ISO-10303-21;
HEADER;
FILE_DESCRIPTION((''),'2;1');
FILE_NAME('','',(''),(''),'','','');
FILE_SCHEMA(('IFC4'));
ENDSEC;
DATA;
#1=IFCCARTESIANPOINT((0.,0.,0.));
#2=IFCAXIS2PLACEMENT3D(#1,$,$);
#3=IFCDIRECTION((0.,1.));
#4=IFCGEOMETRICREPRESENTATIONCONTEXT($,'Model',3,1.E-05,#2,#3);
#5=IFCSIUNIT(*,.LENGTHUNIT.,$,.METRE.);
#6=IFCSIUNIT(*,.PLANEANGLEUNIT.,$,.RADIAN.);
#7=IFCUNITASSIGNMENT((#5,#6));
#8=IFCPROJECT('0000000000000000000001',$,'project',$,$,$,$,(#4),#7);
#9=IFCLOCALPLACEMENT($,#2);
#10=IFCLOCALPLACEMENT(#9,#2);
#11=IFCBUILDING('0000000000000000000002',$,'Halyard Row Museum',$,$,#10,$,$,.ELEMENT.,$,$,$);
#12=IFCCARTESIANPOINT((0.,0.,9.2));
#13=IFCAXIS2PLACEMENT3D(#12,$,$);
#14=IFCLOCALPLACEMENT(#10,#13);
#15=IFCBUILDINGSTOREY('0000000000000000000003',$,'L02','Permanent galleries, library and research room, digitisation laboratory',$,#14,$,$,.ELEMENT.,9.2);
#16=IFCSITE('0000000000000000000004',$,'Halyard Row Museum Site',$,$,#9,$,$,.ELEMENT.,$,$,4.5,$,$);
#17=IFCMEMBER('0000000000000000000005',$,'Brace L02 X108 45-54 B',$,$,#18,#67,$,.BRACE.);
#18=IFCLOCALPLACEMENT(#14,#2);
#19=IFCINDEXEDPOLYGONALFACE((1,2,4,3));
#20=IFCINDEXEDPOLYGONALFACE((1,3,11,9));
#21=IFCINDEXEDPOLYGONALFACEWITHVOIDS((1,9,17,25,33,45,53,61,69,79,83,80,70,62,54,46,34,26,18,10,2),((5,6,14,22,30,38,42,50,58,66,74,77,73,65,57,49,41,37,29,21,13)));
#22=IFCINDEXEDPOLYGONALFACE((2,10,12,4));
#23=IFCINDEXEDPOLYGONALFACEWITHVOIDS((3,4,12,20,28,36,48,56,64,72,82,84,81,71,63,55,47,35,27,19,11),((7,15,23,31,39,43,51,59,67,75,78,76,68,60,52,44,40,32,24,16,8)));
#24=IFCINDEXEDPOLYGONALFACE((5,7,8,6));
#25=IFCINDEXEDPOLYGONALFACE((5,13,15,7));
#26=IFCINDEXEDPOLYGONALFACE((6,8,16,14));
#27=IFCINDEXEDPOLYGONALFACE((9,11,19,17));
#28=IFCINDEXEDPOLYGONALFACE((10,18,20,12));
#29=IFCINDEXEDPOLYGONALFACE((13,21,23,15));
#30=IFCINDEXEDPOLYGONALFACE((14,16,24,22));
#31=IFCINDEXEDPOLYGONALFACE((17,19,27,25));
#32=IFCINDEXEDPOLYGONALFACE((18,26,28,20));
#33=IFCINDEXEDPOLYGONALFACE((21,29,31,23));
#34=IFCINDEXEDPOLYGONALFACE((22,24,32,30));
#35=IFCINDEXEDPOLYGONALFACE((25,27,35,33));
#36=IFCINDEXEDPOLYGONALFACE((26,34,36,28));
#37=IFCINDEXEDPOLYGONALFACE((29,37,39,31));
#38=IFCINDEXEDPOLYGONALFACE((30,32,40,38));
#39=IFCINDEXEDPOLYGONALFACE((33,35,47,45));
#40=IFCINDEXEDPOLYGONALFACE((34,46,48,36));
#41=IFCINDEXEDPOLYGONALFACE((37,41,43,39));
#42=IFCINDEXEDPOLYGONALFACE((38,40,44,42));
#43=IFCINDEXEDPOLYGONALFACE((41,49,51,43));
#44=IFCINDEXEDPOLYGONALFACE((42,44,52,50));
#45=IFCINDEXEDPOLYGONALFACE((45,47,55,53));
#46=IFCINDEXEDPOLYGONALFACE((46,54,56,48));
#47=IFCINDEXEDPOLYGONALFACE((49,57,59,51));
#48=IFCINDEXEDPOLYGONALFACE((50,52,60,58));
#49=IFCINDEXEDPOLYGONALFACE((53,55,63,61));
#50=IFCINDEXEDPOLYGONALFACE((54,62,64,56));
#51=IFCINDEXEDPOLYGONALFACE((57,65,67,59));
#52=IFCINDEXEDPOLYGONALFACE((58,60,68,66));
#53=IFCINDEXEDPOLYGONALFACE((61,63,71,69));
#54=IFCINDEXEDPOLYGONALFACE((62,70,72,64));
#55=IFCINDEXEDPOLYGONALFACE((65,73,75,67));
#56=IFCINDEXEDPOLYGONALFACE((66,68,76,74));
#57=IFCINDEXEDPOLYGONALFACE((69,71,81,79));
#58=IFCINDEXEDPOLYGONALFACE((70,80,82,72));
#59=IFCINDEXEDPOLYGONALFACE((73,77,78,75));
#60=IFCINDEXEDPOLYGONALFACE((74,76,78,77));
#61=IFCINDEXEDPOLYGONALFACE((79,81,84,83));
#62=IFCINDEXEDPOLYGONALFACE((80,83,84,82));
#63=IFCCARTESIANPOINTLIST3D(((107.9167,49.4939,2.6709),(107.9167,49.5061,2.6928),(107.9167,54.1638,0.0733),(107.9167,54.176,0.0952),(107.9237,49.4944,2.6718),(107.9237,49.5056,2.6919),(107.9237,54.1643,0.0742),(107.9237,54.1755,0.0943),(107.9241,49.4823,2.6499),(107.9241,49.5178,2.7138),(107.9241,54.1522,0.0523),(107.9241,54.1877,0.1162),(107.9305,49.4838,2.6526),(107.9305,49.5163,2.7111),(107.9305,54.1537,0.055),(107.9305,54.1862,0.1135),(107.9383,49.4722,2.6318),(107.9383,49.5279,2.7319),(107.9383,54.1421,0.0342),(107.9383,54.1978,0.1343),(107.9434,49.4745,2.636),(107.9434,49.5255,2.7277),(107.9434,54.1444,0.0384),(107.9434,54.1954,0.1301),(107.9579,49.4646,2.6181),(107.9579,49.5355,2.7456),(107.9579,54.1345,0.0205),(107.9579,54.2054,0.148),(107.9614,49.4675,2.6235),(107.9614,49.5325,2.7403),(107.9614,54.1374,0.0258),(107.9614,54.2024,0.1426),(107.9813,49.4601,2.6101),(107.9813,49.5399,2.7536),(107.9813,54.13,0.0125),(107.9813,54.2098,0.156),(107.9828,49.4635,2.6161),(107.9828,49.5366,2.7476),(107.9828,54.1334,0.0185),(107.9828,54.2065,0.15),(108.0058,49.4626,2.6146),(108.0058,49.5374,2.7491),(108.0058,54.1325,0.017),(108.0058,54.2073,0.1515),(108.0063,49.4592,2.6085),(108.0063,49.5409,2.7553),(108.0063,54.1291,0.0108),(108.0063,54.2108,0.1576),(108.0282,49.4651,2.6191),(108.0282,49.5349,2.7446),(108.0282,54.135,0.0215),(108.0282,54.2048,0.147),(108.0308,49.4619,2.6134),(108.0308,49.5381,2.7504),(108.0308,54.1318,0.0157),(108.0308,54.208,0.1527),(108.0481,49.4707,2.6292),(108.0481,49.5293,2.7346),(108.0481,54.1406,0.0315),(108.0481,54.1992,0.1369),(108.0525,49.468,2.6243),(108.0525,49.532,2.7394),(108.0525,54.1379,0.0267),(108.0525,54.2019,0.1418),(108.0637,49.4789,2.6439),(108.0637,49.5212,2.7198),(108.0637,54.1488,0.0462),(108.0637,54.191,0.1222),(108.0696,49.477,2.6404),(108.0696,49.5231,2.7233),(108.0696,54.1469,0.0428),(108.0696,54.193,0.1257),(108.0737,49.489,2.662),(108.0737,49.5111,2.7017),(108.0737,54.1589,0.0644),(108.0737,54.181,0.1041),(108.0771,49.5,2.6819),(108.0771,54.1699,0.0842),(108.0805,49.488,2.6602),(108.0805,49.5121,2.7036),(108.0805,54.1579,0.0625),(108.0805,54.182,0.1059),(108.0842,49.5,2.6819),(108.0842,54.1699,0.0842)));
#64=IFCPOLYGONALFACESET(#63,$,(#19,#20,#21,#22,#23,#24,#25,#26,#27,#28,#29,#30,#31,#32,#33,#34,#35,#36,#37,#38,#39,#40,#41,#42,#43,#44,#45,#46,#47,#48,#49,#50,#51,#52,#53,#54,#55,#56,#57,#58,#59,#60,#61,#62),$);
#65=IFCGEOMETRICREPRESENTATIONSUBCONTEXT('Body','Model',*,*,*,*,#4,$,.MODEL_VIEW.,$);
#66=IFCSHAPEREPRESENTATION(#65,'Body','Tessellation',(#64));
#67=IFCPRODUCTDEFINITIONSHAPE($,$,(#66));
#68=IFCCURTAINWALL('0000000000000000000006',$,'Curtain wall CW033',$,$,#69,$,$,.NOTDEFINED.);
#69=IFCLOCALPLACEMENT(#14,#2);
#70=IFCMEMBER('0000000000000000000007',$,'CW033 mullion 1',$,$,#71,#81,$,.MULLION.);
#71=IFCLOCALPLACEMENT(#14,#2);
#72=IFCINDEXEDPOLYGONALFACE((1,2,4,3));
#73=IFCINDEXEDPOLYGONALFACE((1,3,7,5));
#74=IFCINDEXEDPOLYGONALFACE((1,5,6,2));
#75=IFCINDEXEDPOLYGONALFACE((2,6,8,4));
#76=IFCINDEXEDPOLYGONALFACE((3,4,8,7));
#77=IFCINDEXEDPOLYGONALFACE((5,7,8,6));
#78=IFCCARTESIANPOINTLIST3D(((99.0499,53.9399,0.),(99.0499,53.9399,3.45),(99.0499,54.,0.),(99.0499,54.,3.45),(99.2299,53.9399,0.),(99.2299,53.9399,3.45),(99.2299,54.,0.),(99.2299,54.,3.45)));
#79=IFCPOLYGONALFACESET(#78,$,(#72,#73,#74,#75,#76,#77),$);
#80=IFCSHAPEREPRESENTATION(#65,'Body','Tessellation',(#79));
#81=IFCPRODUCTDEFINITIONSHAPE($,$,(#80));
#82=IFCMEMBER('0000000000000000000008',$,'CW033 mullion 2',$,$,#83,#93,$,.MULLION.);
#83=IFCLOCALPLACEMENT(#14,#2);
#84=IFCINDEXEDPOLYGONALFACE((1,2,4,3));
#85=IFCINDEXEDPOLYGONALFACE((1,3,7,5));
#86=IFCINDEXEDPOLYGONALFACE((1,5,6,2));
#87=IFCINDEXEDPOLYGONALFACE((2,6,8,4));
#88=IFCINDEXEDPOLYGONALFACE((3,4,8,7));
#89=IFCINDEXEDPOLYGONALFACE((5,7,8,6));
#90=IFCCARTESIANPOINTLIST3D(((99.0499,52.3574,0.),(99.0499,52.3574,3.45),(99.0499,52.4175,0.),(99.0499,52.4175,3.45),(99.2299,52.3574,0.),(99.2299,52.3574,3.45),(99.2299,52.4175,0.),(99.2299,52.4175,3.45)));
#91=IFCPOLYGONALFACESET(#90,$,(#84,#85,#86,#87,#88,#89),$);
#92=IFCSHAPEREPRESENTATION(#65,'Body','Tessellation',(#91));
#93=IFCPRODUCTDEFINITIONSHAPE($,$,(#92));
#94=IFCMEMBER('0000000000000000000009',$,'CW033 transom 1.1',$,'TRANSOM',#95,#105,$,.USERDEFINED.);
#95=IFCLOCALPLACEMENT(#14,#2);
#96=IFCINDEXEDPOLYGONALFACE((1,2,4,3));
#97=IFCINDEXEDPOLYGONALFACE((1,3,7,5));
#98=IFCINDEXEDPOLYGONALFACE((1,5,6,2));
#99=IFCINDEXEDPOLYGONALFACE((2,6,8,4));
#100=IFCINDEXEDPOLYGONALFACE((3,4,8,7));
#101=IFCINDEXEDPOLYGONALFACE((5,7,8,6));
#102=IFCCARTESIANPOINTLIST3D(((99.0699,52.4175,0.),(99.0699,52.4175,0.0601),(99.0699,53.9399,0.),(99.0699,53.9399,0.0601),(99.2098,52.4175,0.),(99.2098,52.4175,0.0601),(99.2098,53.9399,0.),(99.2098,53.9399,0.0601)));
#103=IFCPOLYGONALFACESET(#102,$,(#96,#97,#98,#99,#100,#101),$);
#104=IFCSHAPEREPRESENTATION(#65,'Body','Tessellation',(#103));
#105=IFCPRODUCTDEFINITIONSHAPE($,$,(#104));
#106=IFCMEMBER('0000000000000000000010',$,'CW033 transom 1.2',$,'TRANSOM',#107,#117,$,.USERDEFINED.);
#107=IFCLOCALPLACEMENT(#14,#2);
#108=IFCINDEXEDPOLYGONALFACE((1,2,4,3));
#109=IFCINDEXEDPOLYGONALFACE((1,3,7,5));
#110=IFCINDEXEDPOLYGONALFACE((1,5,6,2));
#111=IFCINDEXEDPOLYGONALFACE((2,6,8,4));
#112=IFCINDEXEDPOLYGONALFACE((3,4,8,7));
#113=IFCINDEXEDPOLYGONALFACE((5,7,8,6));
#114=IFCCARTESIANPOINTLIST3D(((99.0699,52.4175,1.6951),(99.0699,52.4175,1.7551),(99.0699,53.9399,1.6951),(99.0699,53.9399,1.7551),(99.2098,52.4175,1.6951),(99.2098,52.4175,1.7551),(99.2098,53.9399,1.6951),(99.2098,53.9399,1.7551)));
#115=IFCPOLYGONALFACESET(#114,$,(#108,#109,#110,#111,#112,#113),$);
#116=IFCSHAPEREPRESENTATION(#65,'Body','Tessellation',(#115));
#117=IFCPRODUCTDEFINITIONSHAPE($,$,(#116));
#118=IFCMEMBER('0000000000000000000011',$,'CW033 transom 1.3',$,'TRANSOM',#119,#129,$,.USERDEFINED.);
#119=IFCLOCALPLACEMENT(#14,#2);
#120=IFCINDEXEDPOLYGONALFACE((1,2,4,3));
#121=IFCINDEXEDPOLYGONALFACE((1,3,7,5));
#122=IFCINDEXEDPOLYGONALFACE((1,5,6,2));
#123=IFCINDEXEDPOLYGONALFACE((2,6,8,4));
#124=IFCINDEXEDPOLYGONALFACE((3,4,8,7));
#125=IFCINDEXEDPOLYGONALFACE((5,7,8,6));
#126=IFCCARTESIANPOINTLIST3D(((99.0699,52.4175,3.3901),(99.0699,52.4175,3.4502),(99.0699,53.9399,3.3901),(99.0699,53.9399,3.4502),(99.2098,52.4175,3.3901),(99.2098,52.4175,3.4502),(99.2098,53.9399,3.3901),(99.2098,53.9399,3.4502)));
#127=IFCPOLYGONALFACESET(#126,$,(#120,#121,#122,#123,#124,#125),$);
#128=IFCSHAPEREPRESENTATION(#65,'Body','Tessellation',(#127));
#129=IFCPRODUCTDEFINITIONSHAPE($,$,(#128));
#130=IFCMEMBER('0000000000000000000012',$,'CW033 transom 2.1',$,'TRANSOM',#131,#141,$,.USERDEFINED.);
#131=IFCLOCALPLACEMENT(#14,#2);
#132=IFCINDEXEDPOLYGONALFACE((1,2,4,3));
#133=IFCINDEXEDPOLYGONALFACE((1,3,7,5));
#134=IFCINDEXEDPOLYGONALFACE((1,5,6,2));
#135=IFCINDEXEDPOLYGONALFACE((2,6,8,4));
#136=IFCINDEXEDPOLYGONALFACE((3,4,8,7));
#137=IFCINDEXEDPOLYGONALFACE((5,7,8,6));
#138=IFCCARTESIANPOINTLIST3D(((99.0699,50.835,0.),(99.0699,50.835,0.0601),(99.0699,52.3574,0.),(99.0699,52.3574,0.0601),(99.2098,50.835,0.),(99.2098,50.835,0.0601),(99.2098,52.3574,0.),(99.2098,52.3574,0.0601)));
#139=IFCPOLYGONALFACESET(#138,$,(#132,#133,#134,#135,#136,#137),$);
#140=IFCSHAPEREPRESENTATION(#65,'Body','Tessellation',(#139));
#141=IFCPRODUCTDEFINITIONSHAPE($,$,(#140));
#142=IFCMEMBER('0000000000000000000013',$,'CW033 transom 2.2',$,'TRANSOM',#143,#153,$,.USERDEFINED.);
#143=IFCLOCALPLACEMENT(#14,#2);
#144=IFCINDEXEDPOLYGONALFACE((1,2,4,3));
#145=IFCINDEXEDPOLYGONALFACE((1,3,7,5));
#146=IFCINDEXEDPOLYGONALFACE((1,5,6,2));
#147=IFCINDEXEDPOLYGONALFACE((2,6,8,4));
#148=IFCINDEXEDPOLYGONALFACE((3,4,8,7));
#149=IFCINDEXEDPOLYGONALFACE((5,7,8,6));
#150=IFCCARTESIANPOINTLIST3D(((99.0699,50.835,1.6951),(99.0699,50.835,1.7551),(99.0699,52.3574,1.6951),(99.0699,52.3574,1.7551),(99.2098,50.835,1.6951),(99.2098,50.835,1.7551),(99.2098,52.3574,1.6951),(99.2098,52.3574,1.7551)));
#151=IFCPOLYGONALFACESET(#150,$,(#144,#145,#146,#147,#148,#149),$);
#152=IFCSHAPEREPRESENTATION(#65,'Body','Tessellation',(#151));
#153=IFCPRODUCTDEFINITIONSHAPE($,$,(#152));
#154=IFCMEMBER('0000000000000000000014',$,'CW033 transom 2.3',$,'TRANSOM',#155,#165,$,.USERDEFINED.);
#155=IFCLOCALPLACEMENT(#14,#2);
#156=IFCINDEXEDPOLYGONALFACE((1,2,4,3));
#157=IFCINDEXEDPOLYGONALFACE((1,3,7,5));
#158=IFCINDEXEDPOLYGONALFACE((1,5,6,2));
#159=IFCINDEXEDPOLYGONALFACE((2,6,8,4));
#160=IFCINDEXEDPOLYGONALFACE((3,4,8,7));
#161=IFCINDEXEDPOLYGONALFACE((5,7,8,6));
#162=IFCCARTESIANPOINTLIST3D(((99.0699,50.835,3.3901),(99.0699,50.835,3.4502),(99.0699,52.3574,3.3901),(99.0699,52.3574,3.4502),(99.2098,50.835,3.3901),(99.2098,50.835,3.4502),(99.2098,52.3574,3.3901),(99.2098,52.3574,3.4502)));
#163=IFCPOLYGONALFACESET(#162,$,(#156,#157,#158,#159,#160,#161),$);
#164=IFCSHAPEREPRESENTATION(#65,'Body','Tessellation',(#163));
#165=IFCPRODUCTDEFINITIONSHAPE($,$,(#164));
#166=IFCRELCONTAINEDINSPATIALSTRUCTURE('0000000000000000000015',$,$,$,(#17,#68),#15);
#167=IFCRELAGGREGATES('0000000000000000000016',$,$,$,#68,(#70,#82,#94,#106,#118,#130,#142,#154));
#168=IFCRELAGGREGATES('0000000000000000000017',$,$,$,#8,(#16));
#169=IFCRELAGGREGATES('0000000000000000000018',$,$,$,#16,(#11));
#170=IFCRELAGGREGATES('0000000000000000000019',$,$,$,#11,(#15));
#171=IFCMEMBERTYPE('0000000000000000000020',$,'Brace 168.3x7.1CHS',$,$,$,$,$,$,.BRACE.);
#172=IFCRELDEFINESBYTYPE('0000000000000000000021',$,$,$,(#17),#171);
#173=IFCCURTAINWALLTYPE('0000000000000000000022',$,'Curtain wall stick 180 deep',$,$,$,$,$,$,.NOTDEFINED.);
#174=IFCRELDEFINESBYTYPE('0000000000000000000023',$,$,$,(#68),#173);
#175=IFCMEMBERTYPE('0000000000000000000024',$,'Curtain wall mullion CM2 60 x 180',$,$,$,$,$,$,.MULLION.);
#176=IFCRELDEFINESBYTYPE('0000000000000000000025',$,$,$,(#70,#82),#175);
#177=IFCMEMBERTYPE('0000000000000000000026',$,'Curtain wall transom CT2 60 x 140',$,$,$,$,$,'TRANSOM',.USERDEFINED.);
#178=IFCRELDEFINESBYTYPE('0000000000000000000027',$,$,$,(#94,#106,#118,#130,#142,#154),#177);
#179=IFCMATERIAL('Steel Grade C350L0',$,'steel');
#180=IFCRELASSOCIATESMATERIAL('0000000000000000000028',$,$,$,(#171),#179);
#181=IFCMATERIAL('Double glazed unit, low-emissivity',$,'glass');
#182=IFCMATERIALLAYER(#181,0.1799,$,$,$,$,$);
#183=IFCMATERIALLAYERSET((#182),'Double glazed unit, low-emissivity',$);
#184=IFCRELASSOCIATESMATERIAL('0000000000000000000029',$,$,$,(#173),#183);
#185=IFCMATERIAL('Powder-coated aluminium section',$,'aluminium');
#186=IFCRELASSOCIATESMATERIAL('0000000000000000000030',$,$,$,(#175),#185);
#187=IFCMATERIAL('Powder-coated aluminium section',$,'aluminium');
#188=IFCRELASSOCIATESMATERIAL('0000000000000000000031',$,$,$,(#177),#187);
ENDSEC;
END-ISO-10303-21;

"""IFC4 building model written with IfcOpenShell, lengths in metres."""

from ifc_helpers import new_model, si_unit, direction, frame, origin, origin_2d, place, context, subcontext, project, spatial, rectangle, hollow_circle, extrude, material, layer, layer_set, material_profile, profile_set, type_object, element, aggregate, save


model = new_model("IFC4")

# Units and contexts
model_context = context("Model", 3, precision=1e-05, world=origin(), true_north=direction((0.0, 1.0)))
body_context = subcontext(model_context, "Body", "Model", "MODEL_VIEW")
ifc_project = project(units=[si_unit("LENGTHUNIT", "METRE"), si_unit("PLANEANGLEUNIT", "RADIAN")], contexts=[model_context])

# Site, building, storey
site_placement = place(None, origin())
site = spatial("IfcSite", under=ifc_project, at=site_placement, Name="Halyard Row Museum Site", CompositionType="ELEMENT", RefElevation=4.5)
building_placement = place(site_placement, origin())
building = spatial("IfcBuilding", under=site, at=building_placement, Name="Halyard Row Museum", CompositionType="ELEMENT")
storey_placement = place(building_placement, frame((0.0, 0.0, 9.2)))
storey = spatial("IfcBuildingStorey", under=building, at=storey_placement, Name="L02", Description="Permanent galleries, library and research room, digitisation laboratory", CompositionType="ELEMENT", Elevation=9.2)

# Member
ifc_material_1 = material(Name="Steel Grade C350L0", Category="steel")
ifc_material_profile_1 = material_profile(ifc_material_1, hollow_circle(Radius=0.0842, WallThickness=0.0071, at=origin_2d()), Name="168.3x7.1CHS")
ifc_profile_set_1 = profile_set([ifc_material_profile_1], Name="Steel Grade C350L0")
member_type_1 = type_object("IfcMemberType", Name="Brace 168.3x7.1CHS", PredefinedType="BRACE", material=ifc_profile_set_1)
member_1_placement = place(storey_placement, frame((108.0, 54.1699, 0.0842), z_axis=(0.0, -0.873899, 0.486108), x_axis=(1.0, 0.0, 0.0)))
element("IfcMember", 1, at=member_1_placement, inside=storey, type_object=member_type_1, Name="Brace L02 X108 45-54 B", PredefinedType="BRACE", context=body_context, shape_type="SweptSolid", body=[
    extrude(hollow_circle(Radius=0.0842, WallThickness=0.0071, at=origin_2d()), origin(), (0.0, 0.0, 1.0), 5.3438),
])

# Curtain wall, members
ifc_material_2 = material(Name="Double glazed unit, low-emissivity", Category="glass")
ifc_layer_1 = layer(ifc_material_2, 0.1799)
ifc_layer_set_1 = layer_set([ifc_layer_1], Name="Double glazed unit, low-emissivity")
curtain_wall_type = type_object("IfcCurtainWallType", Name="Curtain wall stick 180 deep", PredefinedType="NOTDEFINED", material=ifc_layer_set_1)
curtain_wall_placement = place(storey_placement, origin())
curtain_wall = element("IfcCurtainWall", 2, at=curtain_wall_placement, inside=storey, type_object=curtain_wall_type, Name="Curtain wall CW033", PredefinedType="NOTDEFINED")
ifc_material_3 = material(Name="Powder-coated aluminium section", Category="aluminium")
ifc_material_profile_2 = material_profile(ifc_material_3, rectangle(XDim=0.1799, YDim=0.0601, at=origin_2d()), Name="180x60 mullion")
ifc_profile_set_2 = profile_set([ifc_material_profile_2], Name="Powder-coated aluminium section")
member_type_2 = type_object("IfcMemberType", Name="Curtain wall mullion CM2 60 x 180", PredefinedType="MULLION", material=ifc_profile_set_2)
member_2_placement = place(storey_placement, frame((99.1399, 53.97, 0.0), z_axis=(0.0, 0.0, 1.0), x_axis=(1.0, 0.0, 0.0)))
member_2 = element("IfcMember", 3, at=member_2_placement, type_object=member_type_2, Name="CW033 mullion 1", PredefinedType="MULLION", context=body_context, shape_type="SweptSolid", body=[
    extrude(rectangle(XDim=0.1799, YDim=0.0601, at=origin_2d()), origin(), (0.0, 0.0, 1.0), 3.45),
])
member_3_placement = place(storey_placement, frame((99.1399, 52.3875, 0.0), z_axis=(0.0, 0.0, 1.0), x_axis=(1.0, 0.0, 0.0)))
member_3 = element("IfcMember", 4, at=member_3_placement, type_object=member_type_2, Name="CW033 mullion 2", PredefinedType="MULLION", context=body_context, shape_type="SweptSolid", body=[
    extrude(rectangle(XDim=0.1799, YDim=0.0601, at=origin_2d()), origin(), (0.0, 0.0, 1.0), 3.45),
])
ifc_material_4 = material(Name="Powder-coated aluminium section", Category="aluminium")
ifc_material_profile_3 = material_profile(ifc_material_4, rectangle(XDim=0.1399, YDim=0.0601, at=origin_2d()), Name="140x60 transom")
ifc_profile_set_3 = profile_set([ifc_material_profile_3], Name="Powder-coated aluminium section")
member_type_3 = type_object("IfcMemberType", Name="Curtain wall transom CT2 60 x 140", ElementType="TRANSOM", PredefinedType="USERDEFINED", material=ifc_profile_set_3)
member_4_placement = place(storey_placement, frame((99.1399, 53.9399, 0.03), z_axis=(0.0, -1.0, 0.0), x_axis=(1.0, 0.0, 0.0)))
member_4 = element("IfcMember", 5, at=member_4_placement, type_object=member_type_3, Name="CW033 transom 1.1", ObjectType="TRANSOM", PredefinedType="USERDEFINED", context=body_context, shape_type="SweptSolid", body=[
    extrude(rectangle(XDim=0.1399, YDim=0.0601, at=origin_2d()), origin(), (0.0, 0.0, 1.0), 1.5225),
])
member_5_placement = place(storey_placement, frame((99.1399, 53.9399, 1.7251), z_axis=(0.0, -1.0, 0.0), x_axis=(1.0, 0.0, 0.0)))
member_5 = element("IfcMember", 6, at=member_5_placement, type_object=member_type_3, Name="CW033 transom 1.2", ObjectType="TRANSOM", PredefinedType="USERDEFINED", context=body_context, shape_type="SweptSolid", body=[
    extrude(rectangle(XDim=0.1399, YDim=0.0601, at=origin_2d()), origin(), (0.0, 0.0, 1.0), 1.5225),
])
member_6_placement = place(storey_placement, frame((99.1399, 53.9399, 3.4202), z_axis=(0.0, -1.0, 0.0), x_axis=(1.0, 0.0, 0.0)))
member_6 = element("IfcMember", 7, at=member_6_placement, type_object=member_type_3, Name="CW033 transom 1.3", ObjectType="TRANSOM", PredefinedType="USERDEFINED", context=body_context, shape_type="SweptSolid", body=[
    extrude(rectangle(XDim=0.1399, YDim=0.0601, at=origin_2d()), origin(), (0.0, 0.0, 1.0), 1.5225),
])
member_7_placement = place(storey_placement, frame((99.1399, 52.3574, 0.03), z_axis=(0.0, -1.0, 0.0), x_axis=(1.0, 0.0, 0.0)))
member_7 = element("IfcMember", 8, at=member_7_placement, type_object=member_type_3, Name="CW033 transom 2.1", ObjectType="TRANSOM", PredefinedType="USERDEFINED", context=body_context, shape_type="SweptSolid", body=[
    extrude(rectangle(XDim=0.1399, YDim=0.0601, at=origin_2d()), origin(), (0.0, 0.0, 1.0), 1.5225),
])
member_8_placement = place(storey_placement, frame((99.1399, 52.3574, 1.7251), z_axis=(0.0, -1.0, 0.0), x_axis=(1.0, 0.0, 0.0)))
member_8 = element("IfcMember", 9, at=member_8_placement, type_object=member_type_3, Name="CW033 transom 2.2", ObjectType="TRANSOM", PredefinedType="USERDEFINED", context=body_context, shape_type="SweptSolid", body=[
    extrude(rectangle(XDim=0.1399, YDim=0.0601, at=origin_2d()), origin(), (0.0, 0.0, 1.0), 1.5225),
])
member_9_placement = place(storey_placement, frame((99.1399, 52.3574, 3.4202), z_axis=(0.0, -1.0, 0.0), x_axis=(1.0, 0.0, 0.0)))
member_9 = element("IfcMember", 10, at=member_9_placement, type_object=member_type_3, Name="CW033 transom 2.3", ObjectType="TRANSOM", PredefinedType="USERDEFINED", context=body_context, shape_type="SweptSolid", body=[
    extrude(rectangle(XDim=0.1399, YDim=0.0601, at=origin_2d()), origin(), (0.0, 0.0, 1.0), 1.5225),
])

aggregate(curtain_wall, [member_2, member_3, member_4, member_5, member_6, member_7, member_8, member_9])

save(model, "model.ifc")
